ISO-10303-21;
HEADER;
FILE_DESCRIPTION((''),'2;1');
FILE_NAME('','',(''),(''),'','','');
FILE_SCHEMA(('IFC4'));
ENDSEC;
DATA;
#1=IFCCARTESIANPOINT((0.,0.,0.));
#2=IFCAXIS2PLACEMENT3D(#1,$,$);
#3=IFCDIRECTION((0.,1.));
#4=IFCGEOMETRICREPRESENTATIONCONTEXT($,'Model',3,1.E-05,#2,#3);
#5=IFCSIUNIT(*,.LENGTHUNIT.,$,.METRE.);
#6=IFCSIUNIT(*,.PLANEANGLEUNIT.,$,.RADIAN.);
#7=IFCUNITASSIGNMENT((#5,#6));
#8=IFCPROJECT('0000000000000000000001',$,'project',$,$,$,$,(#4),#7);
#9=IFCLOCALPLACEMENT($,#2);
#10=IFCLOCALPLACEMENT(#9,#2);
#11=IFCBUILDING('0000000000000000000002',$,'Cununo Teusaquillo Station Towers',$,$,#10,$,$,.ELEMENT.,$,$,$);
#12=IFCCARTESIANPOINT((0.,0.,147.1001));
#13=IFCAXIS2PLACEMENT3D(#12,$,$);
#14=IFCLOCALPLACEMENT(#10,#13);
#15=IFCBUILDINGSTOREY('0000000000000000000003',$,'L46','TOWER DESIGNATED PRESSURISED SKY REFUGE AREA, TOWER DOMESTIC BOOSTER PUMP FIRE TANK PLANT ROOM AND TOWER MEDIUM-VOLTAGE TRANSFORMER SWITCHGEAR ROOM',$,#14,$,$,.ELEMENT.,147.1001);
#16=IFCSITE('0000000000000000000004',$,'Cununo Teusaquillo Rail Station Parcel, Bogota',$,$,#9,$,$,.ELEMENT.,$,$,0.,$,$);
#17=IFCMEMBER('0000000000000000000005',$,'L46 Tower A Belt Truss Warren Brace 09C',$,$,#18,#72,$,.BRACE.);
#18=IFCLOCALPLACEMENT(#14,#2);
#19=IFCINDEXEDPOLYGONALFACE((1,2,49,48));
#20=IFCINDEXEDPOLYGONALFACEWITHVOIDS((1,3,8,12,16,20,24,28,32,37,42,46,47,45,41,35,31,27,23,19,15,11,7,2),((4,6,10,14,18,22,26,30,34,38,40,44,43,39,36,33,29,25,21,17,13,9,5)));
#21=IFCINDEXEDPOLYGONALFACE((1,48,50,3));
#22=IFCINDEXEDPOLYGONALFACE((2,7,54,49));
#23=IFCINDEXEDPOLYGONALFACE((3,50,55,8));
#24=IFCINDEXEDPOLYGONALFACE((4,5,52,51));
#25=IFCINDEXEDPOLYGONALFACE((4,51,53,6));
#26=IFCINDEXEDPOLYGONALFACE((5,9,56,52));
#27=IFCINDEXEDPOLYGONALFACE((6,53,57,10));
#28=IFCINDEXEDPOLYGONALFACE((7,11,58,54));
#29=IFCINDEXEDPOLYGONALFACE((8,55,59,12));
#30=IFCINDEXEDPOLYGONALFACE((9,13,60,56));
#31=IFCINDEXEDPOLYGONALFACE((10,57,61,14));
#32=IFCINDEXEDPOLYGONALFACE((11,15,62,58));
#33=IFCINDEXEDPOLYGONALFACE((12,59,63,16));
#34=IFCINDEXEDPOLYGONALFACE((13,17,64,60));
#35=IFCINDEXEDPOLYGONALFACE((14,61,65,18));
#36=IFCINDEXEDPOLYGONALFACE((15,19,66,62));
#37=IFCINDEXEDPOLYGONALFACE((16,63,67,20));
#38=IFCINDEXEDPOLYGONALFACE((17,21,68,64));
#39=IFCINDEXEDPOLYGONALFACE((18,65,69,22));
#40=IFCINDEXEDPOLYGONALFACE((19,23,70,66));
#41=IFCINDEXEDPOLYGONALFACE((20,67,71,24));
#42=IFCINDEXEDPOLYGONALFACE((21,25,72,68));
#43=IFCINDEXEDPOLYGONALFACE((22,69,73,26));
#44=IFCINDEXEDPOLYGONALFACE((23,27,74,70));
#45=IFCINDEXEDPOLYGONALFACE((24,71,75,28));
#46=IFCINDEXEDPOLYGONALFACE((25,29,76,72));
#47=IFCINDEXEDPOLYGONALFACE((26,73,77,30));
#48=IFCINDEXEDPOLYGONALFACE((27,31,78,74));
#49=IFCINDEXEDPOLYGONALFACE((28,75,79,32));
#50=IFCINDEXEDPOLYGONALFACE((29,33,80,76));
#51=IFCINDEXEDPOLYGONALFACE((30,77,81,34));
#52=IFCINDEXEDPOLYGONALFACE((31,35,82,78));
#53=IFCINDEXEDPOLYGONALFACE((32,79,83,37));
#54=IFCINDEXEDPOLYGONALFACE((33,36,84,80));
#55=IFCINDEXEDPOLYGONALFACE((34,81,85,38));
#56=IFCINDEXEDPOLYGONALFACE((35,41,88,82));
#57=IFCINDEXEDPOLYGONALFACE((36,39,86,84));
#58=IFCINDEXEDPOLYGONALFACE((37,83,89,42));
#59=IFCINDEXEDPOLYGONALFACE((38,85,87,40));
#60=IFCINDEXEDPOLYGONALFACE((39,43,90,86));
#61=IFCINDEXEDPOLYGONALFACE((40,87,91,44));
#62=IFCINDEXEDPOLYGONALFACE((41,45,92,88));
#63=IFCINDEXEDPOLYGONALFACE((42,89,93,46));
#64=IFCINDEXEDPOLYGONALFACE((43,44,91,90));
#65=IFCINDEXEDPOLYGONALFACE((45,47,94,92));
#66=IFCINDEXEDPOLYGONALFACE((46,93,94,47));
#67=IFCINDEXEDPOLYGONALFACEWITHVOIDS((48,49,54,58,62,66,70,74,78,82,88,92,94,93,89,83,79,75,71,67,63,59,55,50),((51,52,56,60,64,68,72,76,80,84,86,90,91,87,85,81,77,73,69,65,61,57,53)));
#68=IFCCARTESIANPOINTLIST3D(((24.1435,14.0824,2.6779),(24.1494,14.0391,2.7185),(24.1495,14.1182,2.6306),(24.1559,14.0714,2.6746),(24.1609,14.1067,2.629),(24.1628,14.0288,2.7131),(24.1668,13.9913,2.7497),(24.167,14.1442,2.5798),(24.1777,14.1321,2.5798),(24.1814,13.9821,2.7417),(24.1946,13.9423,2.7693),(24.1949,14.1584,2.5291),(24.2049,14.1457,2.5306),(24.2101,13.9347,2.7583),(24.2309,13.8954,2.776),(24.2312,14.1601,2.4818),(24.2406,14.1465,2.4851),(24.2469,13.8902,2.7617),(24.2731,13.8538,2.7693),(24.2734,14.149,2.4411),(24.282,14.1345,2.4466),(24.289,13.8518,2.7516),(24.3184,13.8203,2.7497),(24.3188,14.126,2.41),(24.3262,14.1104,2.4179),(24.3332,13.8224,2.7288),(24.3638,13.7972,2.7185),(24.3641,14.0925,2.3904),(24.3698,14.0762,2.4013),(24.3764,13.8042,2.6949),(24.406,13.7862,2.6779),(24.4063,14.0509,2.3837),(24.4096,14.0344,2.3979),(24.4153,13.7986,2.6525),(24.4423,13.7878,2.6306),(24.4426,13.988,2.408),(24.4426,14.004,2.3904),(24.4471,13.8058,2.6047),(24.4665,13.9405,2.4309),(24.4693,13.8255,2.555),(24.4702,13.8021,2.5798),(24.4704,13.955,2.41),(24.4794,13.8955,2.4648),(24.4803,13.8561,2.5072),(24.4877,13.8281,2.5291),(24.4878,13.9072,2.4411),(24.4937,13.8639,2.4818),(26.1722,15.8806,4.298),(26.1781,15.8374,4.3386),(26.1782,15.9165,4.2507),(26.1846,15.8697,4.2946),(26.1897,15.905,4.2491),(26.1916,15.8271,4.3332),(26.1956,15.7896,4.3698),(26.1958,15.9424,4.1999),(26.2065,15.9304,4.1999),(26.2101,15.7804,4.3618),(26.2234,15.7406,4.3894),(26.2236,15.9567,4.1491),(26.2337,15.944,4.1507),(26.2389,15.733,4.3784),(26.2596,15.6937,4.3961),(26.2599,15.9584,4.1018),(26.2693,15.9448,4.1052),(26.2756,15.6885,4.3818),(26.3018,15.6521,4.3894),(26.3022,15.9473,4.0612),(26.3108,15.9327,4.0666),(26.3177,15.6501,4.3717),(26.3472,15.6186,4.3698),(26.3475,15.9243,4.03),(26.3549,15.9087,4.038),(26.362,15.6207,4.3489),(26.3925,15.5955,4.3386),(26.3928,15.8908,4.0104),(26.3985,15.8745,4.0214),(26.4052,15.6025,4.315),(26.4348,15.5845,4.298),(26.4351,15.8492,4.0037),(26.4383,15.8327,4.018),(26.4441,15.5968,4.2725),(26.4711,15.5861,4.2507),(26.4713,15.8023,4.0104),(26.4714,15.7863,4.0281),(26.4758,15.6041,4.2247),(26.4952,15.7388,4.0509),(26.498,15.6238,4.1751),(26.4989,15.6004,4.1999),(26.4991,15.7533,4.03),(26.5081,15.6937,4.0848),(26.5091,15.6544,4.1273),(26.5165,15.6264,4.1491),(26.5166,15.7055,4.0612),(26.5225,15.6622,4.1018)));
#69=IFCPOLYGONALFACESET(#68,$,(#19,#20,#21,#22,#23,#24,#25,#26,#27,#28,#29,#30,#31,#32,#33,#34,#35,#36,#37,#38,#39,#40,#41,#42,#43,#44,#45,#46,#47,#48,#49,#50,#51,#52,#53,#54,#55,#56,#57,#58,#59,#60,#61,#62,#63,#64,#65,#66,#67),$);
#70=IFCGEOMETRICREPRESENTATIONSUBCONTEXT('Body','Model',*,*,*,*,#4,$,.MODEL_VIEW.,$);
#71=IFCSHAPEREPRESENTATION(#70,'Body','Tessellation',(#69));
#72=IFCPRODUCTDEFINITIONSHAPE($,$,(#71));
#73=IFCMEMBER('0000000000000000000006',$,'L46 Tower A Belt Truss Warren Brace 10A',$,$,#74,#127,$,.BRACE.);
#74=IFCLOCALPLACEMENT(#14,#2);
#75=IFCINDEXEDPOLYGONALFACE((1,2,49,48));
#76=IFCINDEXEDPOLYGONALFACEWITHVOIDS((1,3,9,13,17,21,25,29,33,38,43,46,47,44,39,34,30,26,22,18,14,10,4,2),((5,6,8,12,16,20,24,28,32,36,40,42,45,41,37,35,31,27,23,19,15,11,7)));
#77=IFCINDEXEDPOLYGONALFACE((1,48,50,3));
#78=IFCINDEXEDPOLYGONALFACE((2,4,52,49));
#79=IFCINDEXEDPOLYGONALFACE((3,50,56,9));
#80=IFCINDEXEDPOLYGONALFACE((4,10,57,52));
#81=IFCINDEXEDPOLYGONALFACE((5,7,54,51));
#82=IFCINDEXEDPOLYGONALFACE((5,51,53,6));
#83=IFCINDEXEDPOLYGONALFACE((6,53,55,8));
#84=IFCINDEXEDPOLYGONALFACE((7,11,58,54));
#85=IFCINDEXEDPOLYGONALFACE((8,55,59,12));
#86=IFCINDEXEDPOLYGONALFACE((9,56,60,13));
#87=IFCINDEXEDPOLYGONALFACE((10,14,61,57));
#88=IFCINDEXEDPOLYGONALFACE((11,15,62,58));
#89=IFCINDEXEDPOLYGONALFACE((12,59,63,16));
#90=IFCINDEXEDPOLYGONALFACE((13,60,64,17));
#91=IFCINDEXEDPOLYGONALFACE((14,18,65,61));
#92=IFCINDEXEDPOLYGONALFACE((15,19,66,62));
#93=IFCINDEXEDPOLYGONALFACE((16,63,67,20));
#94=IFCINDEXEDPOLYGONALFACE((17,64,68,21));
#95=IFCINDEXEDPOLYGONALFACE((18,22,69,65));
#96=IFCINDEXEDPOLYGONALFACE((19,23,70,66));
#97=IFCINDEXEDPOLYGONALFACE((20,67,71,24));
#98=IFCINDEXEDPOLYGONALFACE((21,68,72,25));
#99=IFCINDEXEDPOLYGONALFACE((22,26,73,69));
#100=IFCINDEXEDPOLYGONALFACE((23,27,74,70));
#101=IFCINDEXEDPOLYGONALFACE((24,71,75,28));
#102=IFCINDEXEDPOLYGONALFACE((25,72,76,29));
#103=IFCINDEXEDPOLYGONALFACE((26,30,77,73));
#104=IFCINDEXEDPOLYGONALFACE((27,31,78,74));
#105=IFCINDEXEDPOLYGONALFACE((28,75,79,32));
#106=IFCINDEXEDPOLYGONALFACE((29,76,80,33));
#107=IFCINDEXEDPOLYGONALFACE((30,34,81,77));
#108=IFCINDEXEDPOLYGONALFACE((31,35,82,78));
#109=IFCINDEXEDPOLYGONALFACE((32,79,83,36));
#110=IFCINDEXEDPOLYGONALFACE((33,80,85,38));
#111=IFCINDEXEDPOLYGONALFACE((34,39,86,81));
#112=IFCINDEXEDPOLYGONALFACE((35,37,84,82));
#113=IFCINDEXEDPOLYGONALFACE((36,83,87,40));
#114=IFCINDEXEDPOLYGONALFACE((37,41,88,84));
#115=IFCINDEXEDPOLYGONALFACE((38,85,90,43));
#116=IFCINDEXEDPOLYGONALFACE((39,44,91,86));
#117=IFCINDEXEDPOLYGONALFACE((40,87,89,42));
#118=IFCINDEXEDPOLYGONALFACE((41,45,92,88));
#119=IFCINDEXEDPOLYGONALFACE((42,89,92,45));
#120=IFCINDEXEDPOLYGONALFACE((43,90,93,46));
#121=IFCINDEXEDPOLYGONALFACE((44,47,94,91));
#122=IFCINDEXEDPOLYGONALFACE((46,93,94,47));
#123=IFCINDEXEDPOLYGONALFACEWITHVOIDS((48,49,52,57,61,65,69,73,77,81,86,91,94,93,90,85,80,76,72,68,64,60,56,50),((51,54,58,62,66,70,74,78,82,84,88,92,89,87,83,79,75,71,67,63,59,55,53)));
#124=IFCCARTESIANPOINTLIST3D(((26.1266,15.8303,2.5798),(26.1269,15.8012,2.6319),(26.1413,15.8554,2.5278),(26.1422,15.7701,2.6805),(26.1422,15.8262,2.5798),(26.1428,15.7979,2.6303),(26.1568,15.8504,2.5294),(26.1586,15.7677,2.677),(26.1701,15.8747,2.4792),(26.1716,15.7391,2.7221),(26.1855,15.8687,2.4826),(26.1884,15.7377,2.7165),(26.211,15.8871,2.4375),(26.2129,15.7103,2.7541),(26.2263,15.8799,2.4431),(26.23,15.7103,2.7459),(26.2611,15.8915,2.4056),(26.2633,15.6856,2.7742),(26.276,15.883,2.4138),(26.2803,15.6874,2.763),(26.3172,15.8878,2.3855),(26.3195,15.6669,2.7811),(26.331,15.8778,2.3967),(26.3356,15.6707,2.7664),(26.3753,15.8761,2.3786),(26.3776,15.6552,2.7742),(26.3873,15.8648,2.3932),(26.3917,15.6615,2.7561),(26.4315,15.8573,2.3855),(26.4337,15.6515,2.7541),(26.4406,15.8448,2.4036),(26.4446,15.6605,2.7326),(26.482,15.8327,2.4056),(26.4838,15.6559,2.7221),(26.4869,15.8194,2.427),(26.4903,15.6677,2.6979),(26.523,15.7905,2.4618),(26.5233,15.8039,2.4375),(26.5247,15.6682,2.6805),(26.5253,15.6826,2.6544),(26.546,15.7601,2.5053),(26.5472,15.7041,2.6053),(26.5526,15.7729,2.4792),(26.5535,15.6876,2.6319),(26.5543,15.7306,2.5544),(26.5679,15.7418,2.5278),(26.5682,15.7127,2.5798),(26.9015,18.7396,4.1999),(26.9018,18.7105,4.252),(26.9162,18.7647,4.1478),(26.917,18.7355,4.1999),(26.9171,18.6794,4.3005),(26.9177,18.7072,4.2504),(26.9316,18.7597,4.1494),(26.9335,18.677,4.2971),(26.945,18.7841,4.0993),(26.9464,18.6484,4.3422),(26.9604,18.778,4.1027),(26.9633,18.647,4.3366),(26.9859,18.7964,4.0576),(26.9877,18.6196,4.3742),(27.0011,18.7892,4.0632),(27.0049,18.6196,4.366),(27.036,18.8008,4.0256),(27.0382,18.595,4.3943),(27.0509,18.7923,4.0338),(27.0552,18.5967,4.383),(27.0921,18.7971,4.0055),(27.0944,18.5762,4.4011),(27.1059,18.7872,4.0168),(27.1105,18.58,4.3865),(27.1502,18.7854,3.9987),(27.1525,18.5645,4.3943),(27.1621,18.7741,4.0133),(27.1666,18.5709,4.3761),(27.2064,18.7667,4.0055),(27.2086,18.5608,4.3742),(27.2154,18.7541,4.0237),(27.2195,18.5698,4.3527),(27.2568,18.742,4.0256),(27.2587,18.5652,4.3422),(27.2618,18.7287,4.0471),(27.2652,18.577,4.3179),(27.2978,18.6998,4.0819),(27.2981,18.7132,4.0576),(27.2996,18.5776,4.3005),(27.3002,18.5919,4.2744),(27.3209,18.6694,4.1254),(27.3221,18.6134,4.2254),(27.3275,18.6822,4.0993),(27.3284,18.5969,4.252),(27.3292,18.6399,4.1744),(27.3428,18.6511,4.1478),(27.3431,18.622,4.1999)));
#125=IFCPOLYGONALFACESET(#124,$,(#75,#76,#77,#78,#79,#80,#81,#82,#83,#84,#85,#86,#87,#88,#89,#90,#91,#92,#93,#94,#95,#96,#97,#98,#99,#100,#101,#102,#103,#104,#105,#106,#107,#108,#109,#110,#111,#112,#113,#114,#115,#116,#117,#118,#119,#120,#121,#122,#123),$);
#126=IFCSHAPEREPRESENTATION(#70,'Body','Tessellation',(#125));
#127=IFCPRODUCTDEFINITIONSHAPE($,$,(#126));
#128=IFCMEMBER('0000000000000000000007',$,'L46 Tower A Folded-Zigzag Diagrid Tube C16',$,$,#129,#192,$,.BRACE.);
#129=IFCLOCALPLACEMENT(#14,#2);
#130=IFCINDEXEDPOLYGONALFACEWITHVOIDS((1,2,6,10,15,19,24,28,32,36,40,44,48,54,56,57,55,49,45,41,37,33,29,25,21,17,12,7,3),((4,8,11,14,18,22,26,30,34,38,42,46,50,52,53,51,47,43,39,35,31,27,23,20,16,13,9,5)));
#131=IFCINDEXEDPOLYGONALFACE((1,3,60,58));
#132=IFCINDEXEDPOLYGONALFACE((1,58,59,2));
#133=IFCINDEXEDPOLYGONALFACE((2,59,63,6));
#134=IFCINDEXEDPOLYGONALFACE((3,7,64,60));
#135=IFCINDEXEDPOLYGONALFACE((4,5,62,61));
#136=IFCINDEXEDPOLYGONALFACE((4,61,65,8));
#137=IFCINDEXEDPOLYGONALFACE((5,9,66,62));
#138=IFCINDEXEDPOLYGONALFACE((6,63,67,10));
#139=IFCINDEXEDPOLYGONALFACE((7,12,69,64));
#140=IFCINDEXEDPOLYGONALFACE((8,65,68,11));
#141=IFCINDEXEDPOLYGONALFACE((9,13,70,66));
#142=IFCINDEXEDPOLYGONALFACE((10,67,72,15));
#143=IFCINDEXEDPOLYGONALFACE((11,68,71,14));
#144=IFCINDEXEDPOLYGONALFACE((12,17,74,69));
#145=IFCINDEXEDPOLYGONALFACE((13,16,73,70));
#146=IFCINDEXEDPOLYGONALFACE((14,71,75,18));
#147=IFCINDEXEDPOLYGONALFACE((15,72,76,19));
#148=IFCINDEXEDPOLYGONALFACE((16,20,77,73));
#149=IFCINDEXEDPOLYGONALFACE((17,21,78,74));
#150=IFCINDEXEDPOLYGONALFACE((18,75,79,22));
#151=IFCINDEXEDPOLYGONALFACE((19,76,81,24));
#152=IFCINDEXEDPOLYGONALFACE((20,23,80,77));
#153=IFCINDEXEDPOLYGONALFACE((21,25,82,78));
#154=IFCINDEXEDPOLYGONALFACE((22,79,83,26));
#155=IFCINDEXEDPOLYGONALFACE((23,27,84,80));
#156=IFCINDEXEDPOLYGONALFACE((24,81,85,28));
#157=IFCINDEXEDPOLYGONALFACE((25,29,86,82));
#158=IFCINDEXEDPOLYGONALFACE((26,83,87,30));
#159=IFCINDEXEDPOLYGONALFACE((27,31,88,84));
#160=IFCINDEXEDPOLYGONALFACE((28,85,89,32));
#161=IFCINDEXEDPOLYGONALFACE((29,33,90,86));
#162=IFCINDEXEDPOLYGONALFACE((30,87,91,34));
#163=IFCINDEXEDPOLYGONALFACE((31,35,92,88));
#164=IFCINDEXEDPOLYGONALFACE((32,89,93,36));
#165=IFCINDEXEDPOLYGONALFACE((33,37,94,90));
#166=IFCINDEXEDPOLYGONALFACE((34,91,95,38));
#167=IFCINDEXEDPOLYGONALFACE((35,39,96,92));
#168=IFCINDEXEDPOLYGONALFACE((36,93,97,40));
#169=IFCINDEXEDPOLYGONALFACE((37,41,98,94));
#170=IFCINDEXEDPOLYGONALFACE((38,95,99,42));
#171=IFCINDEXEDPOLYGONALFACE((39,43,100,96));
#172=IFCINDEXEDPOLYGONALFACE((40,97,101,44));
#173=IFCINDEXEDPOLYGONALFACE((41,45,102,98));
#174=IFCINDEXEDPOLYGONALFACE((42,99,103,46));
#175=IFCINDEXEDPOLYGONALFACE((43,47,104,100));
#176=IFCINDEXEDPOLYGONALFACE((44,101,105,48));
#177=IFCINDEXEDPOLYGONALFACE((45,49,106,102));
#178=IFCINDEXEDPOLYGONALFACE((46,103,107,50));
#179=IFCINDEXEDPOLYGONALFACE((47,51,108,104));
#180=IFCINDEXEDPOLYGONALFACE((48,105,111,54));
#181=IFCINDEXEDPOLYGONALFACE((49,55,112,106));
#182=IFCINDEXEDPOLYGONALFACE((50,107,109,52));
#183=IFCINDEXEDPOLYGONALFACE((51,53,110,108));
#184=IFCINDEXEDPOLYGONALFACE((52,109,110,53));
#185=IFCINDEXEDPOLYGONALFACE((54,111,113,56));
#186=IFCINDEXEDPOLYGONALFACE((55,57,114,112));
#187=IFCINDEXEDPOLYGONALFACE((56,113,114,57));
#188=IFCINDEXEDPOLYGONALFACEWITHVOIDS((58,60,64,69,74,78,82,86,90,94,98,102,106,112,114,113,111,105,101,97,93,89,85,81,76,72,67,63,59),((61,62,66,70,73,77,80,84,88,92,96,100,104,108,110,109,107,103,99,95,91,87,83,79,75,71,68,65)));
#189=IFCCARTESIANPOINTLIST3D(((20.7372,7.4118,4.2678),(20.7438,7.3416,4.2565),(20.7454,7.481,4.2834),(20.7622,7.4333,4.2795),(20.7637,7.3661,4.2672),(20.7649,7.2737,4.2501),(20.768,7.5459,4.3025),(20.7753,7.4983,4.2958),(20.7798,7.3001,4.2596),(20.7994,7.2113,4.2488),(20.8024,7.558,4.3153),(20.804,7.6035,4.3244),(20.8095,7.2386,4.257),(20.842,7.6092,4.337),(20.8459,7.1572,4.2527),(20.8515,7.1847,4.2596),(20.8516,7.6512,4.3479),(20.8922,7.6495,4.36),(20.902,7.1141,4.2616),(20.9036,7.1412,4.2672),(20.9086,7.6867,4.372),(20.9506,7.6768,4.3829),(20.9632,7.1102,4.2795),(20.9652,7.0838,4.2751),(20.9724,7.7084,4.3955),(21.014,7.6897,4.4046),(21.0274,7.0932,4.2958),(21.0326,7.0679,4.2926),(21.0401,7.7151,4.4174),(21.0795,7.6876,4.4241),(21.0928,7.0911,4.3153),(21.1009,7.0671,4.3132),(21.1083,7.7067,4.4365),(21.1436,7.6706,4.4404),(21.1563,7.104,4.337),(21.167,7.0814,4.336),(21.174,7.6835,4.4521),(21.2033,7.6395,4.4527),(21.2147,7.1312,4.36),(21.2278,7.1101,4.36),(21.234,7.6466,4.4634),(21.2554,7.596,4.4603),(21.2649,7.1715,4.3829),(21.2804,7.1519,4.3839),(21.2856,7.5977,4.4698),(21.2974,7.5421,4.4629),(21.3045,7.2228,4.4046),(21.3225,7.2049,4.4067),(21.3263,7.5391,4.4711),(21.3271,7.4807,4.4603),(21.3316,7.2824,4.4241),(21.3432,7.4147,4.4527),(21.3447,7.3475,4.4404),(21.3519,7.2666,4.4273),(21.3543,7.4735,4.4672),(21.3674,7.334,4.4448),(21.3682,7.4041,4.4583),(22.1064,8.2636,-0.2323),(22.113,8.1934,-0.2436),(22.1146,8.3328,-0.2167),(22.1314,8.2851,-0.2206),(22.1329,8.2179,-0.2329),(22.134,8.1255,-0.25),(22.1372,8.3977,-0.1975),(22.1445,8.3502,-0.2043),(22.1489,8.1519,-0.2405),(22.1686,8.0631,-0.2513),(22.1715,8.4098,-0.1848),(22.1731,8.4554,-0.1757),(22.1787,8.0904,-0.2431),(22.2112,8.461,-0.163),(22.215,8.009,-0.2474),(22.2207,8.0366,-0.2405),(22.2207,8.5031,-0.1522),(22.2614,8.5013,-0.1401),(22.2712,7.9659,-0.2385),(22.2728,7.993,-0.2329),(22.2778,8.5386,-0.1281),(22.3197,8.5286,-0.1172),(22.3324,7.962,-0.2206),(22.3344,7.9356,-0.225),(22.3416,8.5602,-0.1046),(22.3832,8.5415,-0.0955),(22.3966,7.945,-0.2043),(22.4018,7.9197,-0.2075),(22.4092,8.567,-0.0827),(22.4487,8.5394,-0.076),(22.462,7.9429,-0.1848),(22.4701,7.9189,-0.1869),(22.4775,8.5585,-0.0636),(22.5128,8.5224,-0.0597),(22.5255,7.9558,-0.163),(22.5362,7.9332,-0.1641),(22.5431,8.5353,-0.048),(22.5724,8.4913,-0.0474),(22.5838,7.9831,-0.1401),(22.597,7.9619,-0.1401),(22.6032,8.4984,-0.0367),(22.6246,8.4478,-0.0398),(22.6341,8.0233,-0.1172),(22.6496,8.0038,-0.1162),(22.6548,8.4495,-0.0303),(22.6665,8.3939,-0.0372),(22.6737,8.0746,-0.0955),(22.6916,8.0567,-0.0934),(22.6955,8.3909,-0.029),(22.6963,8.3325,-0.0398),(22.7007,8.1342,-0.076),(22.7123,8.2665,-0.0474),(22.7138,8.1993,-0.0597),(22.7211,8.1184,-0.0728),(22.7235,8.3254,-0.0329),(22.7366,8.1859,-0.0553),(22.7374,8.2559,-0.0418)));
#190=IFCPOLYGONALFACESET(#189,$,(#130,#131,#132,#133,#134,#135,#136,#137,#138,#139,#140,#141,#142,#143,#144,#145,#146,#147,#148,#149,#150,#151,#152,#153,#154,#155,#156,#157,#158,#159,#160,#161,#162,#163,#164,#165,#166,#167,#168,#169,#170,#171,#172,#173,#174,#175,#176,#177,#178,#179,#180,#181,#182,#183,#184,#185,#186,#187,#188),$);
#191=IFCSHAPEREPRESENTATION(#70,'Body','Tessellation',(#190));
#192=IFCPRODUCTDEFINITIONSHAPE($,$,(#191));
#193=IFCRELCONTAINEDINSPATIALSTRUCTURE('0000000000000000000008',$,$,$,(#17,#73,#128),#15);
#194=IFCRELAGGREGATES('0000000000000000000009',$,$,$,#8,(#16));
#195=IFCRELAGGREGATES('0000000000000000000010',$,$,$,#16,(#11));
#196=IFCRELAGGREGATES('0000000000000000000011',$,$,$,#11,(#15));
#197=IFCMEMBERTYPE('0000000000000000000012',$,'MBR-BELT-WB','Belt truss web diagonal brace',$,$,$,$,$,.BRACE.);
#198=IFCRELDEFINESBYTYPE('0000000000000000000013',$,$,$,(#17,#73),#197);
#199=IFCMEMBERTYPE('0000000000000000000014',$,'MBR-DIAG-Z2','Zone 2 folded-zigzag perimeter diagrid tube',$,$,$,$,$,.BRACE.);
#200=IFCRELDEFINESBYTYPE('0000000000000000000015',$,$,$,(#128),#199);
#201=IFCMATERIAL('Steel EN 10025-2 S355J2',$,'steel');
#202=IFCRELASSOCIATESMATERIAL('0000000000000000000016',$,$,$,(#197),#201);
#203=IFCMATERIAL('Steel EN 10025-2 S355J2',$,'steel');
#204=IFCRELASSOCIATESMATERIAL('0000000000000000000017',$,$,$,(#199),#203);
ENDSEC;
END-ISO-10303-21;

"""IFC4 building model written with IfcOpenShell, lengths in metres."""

from ifc_helpers import new_model, si_unit, direction, frame, origin, origin_2d, place, context, subcontext, project, spatial, hollow_circle, extrude, material, material_profile, profile_set, type_object, element, save


model = new_model("IFC4")

# Units and contexts
model_context = context("Model", 3, precision=1e-05, world=origin(), true_north=direction((0.0, 1.0)))
body_context = subcontext(model_context, "Body", "Model", "MODEL_VIEW")
ifc_project = project(units=[si_unit("LENGTHUNIT", "METRE"), si_unit("PLANEANGLEUNIT", "RADIAN")], contexts=[model_context])

# Site, building, storey
site_placement = place(None, origin())
site = spatial("IfcSite", under=ifc_project, at=site_placement, Name="Cununo Teusaquillo Rail Station Parcel, Bogota", CompositionType="ELEMENT", RefElevation=0.0)
building_placement = place(site_placement, origin())
building = spatial("IfcBuilding", under=site, at=building_placement, Name="Cununo Teusaquillo Station Towers", CompositionType="ELEMENT")
storey_placement = place(building_placement, frame((0.0, 0.0, 147.1001)))
storey = spatial("IfcBuildingStorey", under=building, at=storey_placement, Name="L46", Description="TOWER DESIGNATED PRESSURISED SKY REFUGE AREA, TOWER DOMESTIC BOOSTER PUMP FIRE TANK PLANT ROOM AND TOWER MEDIUM-VOLTAGE TRANSFORMER SWITCHGEAR ROOM", CompositionType="ELEMENT", Elevation=147.1001)

# Members
ifc_material_1 = material(Name="Steel EN 10025-2 S355J2", Category="steel")
ifc_material_profile_1 = material_profile(ifc_material_1, hollow_circle(Radius=0.2285, WallThickness=0.0161, at=origin_2d()), Name="CHS 457x16")
ifc_profile_set_1 = profile_set([ifc_material_profile_1], Name="Steel EN 10025-2 S355J2")
member_type_1 = type_object("IfcMemberType", Name="MBR-BELT-WB", Description="Belt truss web diagonal brace", PredefinedType="BRACE", material=ifc_profile_set_1)
member_1_placement = place(storey_placement, frame((24.3186, 13.9731, 2.5798), z_axis=(0.642373, 0.569401, 0.512971), x_axis=(-0.663324, 0.748333, 0.0)))
element("IfcMember", 1, at=member_1_placement, inside=storey, type_object=member_type_1, Name="L46 Tower A Belt Truss Warren Brace 09C", PredefinedType="BRACE", context=body_context, shape_type="SweptSolid", body=[
    extrude(hollow_circle(Radius=0.2285, WallThickness=0.0161, at=origin_2d()), origin(), (0.0, 0.0, 1.0), 3.1582),
])
member_2_placement = place(storey_placement, frame((26.3474, 15.7715, 2.5798), z_axis=(0.226642, 0.850942, 0.473848), x_axis=(-0.966313, 0.25737, 0.0)))
element("IfcMember", 2, at=member_2_placement, inside=storey, type_object=member_type_1, Name="L46 Tower A Belt Truss Warren Brace 10A", PredefinedType="BRACE", context=body_context, shape_type="SweptSolid", body=[
    extrude(hollow_circle(Radius=0.2285, WallThickness=0.0161, at=origin_2d()), origin(), (0.0, 0.0, 1.0), 3.4189),
])
ifc_material_2 = material(Name="Steel EN 10025-2 S355J2", Category="steel")
ifc_material_profile_2 = material_profile(ifc_material_2, hollow_circle(Radius=0.3301, WallThickness=0.0249, at=origin_2d()), Name="CHS 660x25")
ifc_profile_set_2 = profile_set([ifc_material_profile_2], Name="Steel EN 10025-2 S355J2")
member_type_2 = type_object("IfcMemberType", Name="MBR-DIAG-Z2", Description="Zone 2 folded-zigzag perimeter diagrid tube", PredefinedType="BRACE", material=ifc_profile_set_2)
member_3_placement = place(storey_placement, frame((22.4226, 8.2422, -0.1401), z_axis=(-0.28642, -0.178196, 0.941387), x_axis=(0.528256, -0.849085, 0.0)))
element("IfcMember", 3, at=member_3_placement, inside=storey, type_object=member_type_2, Name="L46 Tower A Folded-Zigzag Diagrid Tube C16", PredefinedType="BRACE", context=body_context, shape_type="SweptSolid", body=[
    extrude(hollow_circle(Radius=0.3301, WallThickness=0.0249, at=origin_2d()), origin(), (0.0, 0.0, 1.0), 4.7803),
])

save(model, "model.ifc")
